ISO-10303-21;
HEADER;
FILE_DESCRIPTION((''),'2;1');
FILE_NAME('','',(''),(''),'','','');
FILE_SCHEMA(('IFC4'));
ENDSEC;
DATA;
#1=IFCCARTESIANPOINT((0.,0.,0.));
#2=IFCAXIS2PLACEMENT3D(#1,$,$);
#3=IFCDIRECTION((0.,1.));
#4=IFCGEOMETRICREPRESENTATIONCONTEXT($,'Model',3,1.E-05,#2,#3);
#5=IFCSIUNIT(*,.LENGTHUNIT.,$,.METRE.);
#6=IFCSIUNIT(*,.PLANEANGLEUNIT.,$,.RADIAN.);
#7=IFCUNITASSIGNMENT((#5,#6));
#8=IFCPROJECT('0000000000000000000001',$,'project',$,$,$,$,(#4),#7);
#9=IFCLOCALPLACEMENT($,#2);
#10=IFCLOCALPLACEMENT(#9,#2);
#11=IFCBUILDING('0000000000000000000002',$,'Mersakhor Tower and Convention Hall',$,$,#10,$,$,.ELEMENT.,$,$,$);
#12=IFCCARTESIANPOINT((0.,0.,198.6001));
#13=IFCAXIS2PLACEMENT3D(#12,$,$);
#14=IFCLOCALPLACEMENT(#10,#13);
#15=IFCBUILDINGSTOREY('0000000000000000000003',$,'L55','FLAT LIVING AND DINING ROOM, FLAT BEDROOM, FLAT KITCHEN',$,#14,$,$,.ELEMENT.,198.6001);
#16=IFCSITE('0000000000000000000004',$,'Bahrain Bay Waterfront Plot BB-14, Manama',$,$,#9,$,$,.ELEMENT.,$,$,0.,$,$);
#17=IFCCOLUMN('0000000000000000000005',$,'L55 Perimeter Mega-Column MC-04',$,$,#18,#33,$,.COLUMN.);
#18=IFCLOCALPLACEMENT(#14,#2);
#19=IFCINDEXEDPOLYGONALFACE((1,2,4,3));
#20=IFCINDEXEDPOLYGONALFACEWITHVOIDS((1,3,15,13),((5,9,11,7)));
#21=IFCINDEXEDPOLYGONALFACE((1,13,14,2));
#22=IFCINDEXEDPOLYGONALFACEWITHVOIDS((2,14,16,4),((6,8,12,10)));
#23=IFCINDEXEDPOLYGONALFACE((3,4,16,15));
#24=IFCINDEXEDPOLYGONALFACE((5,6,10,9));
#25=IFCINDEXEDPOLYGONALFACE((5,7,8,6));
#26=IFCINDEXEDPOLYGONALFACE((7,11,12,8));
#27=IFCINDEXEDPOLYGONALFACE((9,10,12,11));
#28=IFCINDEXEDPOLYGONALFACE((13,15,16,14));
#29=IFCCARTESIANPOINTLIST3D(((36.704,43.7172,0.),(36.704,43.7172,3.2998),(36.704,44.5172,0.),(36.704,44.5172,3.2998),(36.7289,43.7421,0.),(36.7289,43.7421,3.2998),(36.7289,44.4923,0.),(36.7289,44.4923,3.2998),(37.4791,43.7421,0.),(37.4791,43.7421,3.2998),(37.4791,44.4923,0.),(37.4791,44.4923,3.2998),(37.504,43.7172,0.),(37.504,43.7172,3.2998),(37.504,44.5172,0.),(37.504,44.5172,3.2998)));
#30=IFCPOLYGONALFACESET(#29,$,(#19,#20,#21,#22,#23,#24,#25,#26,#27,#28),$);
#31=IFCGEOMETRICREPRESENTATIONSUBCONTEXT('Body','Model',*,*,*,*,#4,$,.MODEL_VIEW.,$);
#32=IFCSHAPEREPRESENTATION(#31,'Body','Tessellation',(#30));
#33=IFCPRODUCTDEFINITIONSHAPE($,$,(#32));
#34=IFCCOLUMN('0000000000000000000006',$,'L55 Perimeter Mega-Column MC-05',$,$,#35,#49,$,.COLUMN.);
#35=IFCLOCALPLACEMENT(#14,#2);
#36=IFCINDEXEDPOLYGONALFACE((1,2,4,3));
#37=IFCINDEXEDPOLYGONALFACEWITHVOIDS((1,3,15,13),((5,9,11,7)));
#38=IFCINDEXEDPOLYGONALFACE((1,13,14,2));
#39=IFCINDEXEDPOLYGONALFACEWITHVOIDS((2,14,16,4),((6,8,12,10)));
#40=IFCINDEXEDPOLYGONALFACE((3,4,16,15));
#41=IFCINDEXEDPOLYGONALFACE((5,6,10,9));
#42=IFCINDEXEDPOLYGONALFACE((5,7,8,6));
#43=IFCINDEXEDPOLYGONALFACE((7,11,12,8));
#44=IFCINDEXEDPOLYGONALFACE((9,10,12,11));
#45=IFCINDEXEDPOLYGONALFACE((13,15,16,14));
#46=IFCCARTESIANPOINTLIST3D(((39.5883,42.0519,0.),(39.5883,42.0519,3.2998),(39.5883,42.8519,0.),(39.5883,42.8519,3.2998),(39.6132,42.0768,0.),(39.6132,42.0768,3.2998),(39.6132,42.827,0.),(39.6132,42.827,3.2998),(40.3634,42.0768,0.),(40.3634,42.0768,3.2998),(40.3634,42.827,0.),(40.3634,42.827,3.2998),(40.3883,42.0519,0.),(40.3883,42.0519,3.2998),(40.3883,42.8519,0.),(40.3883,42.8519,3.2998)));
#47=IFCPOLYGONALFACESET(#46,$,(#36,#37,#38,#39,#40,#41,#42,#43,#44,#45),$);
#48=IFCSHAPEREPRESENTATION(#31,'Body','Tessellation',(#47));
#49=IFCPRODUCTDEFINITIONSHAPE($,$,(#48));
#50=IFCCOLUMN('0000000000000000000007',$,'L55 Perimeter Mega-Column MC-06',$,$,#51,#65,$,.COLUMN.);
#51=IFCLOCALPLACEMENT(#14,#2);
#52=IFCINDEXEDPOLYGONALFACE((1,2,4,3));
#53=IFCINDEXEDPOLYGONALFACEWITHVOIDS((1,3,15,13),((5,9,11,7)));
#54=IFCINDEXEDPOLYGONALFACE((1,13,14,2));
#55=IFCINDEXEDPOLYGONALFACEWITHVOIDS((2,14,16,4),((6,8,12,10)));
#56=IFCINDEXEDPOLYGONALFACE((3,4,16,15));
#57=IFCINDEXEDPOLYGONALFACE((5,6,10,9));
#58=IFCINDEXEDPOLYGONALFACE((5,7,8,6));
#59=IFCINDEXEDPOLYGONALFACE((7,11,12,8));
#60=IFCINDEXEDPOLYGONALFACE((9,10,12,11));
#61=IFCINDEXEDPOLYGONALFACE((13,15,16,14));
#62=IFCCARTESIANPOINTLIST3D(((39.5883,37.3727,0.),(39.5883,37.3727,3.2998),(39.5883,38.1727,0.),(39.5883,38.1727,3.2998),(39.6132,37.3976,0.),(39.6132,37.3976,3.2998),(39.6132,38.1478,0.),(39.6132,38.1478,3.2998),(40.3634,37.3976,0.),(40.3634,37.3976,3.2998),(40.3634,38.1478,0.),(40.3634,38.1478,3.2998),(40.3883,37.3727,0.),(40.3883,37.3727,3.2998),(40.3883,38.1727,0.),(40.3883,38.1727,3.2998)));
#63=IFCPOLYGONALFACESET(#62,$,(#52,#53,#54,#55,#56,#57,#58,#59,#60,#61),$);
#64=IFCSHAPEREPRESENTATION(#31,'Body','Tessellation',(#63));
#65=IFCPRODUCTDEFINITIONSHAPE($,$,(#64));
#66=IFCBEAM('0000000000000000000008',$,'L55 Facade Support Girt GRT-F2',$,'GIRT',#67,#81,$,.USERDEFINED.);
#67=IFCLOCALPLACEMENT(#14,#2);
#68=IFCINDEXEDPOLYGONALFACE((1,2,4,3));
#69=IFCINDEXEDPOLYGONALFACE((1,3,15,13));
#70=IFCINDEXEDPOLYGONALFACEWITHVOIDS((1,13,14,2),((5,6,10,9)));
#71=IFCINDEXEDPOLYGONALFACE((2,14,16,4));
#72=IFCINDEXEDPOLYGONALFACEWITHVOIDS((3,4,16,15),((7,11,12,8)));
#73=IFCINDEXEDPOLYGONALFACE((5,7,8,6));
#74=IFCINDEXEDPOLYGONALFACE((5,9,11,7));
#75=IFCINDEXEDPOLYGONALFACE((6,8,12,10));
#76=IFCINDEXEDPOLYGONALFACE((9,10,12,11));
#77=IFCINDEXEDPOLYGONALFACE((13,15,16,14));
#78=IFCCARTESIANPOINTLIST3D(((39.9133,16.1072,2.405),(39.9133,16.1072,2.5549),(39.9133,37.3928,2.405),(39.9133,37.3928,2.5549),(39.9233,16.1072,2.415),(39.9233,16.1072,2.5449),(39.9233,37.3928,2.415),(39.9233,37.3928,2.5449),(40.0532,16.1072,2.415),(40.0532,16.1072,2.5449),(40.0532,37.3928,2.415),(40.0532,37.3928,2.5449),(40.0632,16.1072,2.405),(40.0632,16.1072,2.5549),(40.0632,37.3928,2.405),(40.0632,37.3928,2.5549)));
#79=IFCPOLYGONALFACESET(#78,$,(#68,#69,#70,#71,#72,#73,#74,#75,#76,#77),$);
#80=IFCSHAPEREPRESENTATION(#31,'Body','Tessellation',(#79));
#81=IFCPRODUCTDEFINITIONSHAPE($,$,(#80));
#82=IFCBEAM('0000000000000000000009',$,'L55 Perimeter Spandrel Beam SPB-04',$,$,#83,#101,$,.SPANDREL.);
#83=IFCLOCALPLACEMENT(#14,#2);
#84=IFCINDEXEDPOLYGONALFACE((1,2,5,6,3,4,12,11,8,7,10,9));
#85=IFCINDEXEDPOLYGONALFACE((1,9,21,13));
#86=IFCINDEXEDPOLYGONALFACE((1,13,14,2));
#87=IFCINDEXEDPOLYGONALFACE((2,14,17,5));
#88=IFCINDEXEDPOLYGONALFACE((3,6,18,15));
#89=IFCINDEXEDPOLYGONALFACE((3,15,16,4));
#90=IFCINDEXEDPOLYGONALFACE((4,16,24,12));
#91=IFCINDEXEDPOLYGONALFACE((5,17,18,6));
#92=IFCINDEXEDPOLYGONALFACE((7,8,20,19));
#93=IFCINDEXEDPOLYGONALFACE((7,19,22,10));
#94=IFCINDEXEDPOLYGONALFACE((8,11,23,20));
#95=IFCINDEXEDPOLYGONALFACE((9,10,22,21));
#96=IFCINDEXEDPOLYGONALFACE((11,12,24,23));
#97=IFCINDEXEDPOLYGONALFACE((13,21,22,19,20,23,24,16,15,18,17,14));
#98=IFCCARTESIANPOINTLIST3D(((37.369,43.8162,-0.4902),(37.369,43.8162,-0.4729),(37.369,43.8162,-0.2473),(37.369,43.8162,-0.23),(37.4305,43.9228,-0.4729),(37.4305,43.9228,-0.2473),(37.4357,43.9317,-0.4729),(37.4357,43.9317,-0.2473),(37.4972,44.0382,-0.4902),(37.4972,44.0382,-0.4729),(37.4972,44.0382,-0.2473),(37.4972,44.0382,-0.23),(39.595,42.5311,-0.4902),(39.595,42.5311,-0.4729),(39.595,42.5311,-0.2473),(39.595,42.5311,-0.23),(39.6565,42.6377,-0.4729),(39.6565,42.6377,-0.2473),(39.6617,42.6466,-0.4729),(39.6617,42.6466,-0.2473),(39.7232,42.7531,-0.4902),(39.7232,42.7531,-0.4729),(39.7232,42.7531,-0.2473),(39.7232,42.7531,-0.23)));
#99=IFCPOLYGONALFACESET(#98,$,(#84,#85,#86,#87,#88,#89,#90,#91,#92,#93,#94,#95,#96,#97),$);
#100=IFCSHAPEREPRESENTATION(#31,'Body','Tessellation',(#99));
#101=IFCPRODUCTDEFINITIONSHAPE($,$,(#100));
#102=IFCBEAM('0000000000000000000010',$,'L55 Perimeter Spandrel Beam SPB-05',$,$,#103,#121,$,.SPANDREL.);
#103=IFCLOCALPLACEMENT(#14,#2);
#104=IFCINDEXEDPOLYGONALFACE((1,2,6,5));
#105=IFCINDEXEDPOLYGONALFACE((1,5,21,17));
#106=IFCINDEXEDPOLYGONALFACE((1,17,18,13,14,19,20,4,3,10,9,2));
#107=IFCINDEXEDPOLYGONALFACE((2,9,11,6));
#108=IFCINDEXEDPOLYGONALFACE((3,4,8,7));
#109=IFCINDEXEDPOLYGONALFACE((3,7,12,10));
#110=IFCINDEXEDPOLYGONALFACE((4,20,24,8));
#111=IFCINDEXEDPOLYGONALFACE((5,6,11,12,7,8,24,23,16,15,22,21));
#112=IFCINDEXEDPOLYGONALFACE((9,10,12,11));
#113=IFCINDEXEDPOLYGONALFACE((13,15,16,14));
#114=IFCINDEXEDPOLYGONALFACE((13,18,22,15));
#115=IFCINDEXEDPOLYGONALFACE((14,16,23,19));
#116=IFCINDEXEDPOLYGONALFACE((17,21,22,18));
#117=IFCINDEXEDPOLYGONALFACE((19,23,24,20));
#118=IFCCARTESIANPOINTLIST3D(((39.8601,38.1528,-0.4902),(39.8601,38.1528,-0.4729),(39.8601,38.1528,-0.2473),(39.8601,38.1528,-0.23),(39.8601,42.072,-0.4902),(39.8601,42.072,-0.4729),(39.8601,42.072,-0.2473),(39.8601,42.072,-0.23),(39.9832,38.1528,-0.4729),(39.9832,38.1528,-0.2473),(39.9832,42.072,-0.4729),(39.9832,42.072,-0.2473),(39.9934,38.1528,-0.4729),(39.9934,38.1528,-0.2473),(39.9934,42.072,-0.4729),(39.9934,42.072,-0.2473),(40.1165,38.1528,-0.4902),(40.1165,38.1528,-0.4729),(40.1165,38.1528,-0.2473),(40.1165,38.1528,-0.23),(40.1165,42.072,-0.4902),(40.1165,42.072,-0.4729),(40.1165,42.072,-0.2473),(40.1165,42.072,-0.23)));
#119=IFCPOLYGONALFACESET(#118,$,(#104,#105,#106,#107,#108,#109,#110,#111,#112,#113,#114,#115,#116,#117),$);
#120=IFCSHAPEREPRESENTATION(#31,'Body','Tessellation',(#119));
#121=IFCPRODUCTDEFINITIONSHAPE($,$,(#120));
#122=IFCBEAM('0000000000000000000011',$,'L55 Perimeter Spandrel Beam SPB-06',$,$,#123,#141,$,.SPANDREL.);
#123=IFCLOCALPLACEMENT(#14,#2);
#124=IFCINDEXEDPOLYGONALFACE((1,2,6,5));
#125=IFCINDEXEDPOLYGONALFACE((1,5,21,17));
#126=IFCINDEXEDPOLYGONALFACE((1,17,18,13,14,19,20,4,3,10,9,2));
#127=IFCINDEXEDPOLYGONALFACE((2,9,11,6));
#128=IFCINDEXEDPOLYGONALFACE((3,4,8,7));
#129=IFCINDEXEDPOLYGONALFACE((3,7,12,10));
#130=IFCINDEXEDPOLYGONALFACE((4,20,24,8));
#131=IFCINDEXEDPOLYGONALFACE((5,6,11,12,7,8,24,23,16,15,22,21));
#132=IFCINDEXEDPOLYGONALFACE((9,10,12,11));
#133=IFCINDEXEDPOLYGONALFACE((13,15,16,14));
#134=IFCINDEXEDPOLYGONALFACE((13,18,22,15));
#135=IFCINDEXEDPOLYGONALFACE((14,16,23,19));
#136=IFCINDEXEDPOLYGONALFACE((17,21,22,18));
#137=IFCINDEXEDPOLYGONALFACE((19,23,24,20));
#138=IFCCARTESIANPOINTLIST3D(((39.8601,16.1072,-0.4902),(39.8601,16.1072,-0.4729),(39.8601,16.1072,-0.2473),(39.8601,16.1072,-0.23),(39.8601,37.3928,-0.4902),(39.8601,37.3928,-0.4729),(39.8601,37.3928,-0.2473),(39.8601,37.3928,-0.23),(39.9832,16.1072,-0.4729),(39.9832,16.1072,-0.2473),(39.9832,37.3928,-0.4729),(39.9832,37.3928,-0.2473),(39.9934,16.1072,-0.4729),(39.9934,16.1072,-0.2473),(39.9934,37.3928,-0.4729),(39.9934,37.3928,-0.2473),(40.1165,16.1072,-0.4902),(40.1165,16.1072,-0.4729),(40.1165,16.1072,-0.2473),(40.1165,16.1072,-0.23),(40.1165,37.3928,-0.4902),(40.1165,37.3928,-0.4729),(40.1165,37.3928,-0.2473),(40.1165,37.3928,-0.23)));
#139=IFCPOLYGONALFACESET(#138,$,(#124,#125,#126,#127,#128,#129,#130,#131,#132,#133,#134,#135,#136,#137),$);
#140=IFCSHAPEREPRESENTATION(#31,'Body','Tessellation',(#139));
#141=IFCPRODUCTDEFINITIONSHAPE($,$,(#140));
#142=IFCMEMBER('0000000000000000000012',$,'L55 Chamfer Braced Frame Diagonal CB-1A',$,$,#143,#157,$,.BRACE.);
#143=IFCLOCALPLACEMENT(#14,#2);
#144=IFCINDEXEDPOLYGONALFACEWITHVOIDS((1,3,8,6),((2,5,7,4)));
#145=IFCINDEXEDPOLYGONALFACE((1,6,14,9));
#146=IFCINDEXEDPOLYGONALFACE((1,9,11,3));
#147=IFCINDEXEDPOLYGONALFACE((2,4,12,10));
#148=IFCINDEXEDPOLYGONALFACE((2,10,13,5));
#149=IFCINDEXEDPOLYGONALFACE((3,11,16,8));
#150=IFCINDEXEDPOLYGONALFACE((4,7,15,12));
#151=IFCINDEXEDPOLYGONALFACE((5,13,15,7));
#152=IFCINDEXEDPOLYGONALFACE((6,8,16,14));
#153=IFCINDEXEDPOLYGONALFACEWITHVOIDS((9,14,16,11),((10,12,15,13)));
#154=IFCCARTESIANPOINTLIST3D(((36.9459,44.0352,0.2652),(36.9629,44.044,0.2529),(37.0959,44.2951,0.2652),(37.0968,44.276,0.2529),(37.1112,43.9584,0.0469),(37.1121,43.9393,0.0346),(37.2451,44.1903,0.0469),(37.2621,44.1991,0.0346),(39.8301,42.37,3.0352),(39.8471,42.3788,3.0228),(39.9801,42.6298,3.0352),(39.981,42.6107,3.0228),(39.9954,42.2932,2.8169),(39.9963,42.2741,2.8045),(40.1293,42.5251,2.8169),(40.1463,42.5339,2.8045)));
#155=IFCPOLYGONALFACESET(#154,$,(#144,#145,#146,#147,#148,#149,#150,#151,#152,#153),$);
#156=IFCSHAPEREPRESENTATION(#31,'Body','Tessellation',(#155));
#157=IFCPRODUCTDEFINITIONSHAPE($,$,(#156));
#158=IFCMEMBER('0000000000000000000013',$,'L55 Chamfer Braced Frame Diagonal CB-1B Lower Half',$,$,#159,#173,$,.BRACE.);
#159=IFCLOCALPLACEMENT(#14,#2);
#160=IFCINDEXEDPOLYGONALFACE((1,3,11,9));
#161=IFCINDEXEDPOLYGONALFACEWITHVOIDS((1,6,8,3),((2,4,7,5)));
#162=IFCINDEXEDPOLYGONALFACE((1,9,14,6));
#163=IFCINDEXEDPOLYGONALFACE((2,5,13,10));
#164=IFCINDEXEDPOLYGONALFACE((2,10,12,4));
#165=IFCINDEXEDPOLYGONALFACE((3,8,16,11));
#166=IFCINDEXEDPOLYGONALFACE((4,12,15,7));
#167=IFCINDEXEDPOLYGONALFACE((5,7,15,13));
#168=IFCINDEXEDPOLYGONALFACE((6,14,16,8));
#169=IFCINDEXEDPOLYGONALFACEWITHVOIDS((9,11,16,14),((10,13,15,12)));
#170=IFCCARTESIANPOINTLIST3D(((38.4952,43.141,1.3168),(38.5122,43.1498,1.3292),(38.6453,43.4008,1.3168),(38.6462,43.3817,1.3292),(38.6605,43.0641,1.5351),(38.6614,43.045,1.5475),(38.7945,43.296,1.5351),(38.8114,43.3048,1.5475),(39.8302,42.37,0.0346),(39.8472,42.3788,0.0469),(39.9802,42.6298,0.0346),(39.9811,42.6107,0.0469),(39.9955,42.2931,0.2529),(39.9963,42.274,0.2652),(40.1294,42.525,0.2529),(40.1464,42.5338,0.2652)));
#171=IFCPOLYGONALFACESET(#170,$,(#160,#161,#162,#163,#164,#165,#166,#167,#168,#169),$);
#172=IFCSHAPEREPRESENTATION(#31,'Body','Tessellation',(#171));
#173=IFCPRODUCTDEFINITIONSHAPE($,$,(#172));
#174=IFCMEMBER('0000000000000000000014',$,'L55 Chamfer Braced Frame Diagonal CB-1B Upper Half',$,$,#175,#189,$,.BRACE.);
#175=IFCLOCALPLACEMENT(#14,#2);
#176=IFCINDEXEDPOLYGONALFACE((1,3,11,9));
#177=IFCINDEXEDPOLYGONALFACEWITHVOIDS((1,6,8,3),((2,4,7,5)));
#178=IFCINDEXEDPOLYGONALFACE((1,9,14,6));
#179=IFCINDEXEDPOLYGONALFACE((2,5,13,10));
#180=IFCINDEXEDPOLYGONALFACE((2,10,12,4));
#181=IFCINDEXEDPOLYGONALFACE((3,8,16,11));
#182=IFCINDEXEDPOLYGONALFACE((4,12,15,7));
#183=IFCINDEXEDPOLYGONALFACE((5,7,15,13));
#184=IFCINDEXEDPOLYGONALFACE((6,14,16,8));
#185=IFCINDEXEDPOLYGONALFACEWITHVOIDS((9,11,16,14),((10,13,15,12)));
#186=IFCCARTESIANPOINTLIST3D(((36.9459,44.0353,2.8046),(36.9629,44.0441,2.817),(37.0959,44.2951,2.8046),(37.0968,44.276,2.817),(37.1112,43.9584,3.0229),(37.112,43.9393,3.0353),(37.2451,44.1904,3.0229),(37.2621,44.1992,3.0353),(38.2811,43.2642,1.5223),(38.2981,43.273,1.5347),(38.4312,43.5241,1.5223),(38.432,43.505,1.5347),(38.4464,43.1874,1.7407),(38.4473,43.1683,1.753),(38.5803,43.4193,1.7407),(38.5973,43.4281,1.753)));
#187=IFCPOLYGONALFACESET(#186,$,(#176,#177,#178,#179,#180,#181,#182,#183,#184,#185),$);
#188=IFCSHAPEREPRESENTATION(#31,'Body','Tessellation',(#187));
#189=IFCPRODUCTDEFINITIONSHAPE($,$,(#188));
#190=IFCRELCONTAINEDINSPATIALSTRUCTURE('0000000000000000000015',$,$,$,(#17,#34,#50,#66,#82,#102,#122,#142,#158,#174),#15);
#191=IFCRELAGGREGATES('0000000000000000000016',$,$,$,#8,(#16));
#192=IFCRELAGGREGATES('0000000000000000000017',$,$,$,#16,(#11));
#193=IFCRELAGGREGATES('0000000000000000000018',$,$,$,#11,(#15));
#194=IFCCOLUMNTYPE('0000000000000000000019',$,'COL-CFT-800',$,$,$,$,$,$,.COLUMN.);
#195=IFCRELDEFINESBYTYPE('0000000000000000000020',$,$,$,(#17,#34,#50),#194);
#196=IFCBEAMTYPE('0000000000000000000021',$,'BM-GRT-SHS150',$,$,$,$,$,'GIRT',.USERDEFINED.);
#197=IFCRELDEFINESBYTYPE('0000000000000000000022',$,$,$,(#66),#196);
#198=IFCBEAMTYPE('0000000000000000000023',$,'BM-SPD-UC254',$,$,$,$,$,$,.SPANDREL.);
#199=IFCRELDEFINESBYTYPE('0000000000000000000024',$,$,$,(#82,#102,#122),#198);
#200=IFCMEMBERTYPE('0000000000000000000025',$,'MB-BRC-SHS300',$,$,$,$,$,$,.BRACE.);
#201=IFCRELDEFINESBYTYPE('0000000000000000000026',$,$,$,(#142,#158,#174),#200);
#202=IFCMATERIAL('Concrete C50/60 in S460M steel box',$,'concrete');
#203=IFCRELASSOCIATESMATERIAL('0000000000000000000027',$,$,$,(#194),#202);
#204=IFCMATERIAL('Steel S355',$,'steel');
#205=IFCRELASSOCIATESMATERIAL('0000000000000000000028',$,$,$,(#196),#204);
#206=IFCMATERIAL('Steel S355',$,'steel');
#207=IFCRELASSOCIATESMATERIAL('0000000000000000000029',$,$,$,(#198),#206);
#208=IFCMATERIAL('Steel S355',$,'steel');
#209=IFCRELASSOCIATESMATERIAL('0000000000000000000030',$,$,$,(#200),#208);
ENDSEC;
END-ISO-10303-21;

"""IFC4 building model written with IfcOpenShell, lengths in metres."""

from ifc_helpers import new_model, si_unit, direction, frame, origin, origin_2d, place, context, subcontext, project, spatial, hollow_rectangle, i_section, extrude, material, material_profile, profile_set, type_object, element, save


model = new_model("IFC4")

# Units and contexts
model_context = context("Model", 3, precision=1e-05, world=origin(), true_north=direction((0.0, 1.0)))
body_context = subcontext(model_context, "Body", "Model", "MODEL_VIEW")
ifc_project = project(units=[si_unit("LENGTHUNIT", "METRE"), si_unit("PLANEANGLEUNIT", "RADIAN")], contexts=[model_context])

# Site, building, storey
site_placement = place(None, origin())
site = spatial("IfcSite", under=ifc_project, at=site_placement, Name="Bahrain Bay Waterfront Plot BB-14, Manama", CompositionType="ELEMENT", RefElevation=0.0)
building_placement = place(site_placement, origin())
building = spatial("IfcBuilding", under=site, at=building_placement, Name="Mersakhor Tower and Convention Hall", CompositionType="ELEMENT")
storey_placement = place(building_placement, frame((0.0, 0.0, 198.6001)))
storey = spatial("IfcBuildingStorey", under=building, at=storey_placement, Name="L55", Description="FLAT LIVING AND DINING ROOM, FLAT BEDROOM, FLAT KITCHEN", CompositionType="ELEMENT", Elevation=198.6001)

# Columns
ifc_material_1 = material(Name="Concrete C50/60 in S460M steel box", Category="concrete")
ifc_material_profile_1 = material_profile(ifc_material_1, hollow_rectangle(XDim=0.8, YDim=0.8, WallThickness=0.0249, at=origin_2d()), Name="SHS 800x800x25")
ifc_profile_set_1 = profile_set([ifc_material_profile_1], Name="Concrete C50/60 in S460M steel box")
column_type = type_object("IfcColumnType", Name="COL-CFT-800", PredefinedType="COLUMN", material=ifc_profile_set_1)
for number, where, z_axis, x_axis, name in (
    (1, (37.104, 44.1172, 0.0), (0.0, 0.0, 1.0), (1.0, 0.0, 0.0), "L55 Perimeter Mega-Column MC-04"),
    (2, (39.9883, 42.4519, 0.0), (0.0, 0.0, 1.0), (1.0, 0.0, 0.0), "L55 Perimeter Mega-Column MC-05"),
    (3, (39.9883, 37.7727, 0.0), (0.0, 0.0, 1.0), (1.0, 0.0, 0.0), "L55 Perimeter Mega-Column MC-06"),
):
    element("IfcColumn", number, at=place(storey_placement, frame(where, z_axis=z_axis, x_axis=x_axis)), inside=storey, type_object=column_type, Name=name, PredefinedType="COLUMN", context=body_context, shape_type="SweptSolid", body=[
        extrude(hollow_rectangle(XDim=0.8, YDim=0.8, WallThickness=0.0249, at=origin_2d()), origin(), (0.0, 0.0, 1.0), 3.2998),
    ])

# Beams
ifc_material_2 = material(Name="Steel S355", Category="steel")
ifc_material_profile_2 = material_profile(ifc_material_2, hollow_rectangle(XDim=0.1499, YDim=0.1499, WallThickness=0.01, at=origin_2d()), Name="SHS 150x150x10")
ifc_profile_set_2 = profile_set([ifc_material_profile_2], Name="Steel S355")
beam_type_1 = type_object("IfcBeamType", Name="BM-GRT-SHS150", ElementType="GIRT", PredefinedType="USERDEFINED", material=ifc_profile_set_2)
beam_1_placement = place(storey_placement, frame((39.9883, 37.3928, 2.48), z_axis=(0.0, -1.0, 0.0), x_axis=(1.0, 0.0, 0.0)))
element("IfcBeam", 4, at=beam_1_placement, inside=storey, type_object=beam_type_1, Name="L55 Facade Support Girt GRT-F2", ObjectType="GIRT", PredefinedType="USERDEFINED", context=body_context, shape_type="SweptSolid", body=[
    extrude(hollow_rectangle(XDim=0.1499, YDim=0.1499, WallThickness=0.01, at=origin_2d()), origin(), (0.0, 0.0, 1.0), 21.2856),
])
ifc_material_3 = material(Name="Steel S355", Category="steel")
ifc_material_profile_3 = material_profile(ifc_material_3, i_section(OverallWidth=0.2563, OverallDepth=0.2603, WebThickness=0.0103, FlangeThickness=0.0173, at=origin_2d()), Name="UC 254x254x89")
ifc_profile_set_3 = profile_set([ifc_material_profile_3], Name="Steel S355")
beam_type_2 = type_object("IfcBeamType", Name="BM-SPD-UC254", PredefinedType="SPANDREL", material=ifc_profile_set_3)
beam_2_placement = place(storey_placement, frame((37.4331, 43.9272, -0.3601), z_axis=(0.866037, -0.49998, 0.0), x_axis=(0.49998, 0.866037, 0.0)))
element("IfcBeam", 5, at=beam_2_placement, inside=storey, type_object=beam_type_2, Name="L55 Perimeter Spandrel Beam SPB-04", PredefinedType="SPANDREL", context=body_context, shape_type="SweptSolid", body=[
    extrude(i_section(OverallWidth=0.2563, OverallDepth=0.2603, WebThickness=0.0103, FlangeThickness=0.0173, at=origin_2d()), origin(), (0.0, 0.0, 1.0), 2.5703),
])
beam_3_placement = place(storey_placement, frame((39.9883, 42.072, -0.3601), z_axis=(0.0, -1.0, 0.0), x_axis=(1.0, 0.0, 0.0)))
element("IfcBeam", 6, at=beam_3_placement, inside=storey, type_object=beam_type_2, Name="L55 Perimeter Spandrel Beam SPB-05", PredefinedType="SPANDREL", context=body_context, shape_type="SweptSolid", body=[
    extrude(i_section(OverallWidth=0.2563, OverallDepth=0.2603, WebThickness=0.0103, FlangeThickness=0.0173, at=origin_2d()), origin(), (0.0, 0.0, 1.0), 3.9192),
])
beam_4_placement = place(storey_placement, frame((39.9883, 37.3928, -0.3601), z_axis=(0.0, -1.0, 0.0), x_axis=(1.0, 0.0, 0.0)))
element("IfcBeam", 7, at=beam_4_placement, inside=storey, type_object=beam_type_2, Name="L55 Perimeter Spandrel Beam SPB-06", PredefinedType="SPANDREL", context=body_context, shape_type="SweptSolid", body=[
    extrude(i_section(OverallWidth=0.2563, OverallDepth=0.2603, WebThickness=0.0103, FlangeThickness=0.0173, at=origin_2d()), origin(), (0.0, 0.0, 1.0), 21.2856),
])

# Members
ifc_material_4 = material(Name="Steel S355", Category="steel")
ifc_material_profile_4 = material_profile(ifc_material_4, hollow_rectangle(XDim=0.3, YDim=0.3, WallThickness=0.0161, at=origin_2d()), Name="SHS 300x300x16")
ifc_profile_set_4 = profile_set([ifc_material_profile_4], Name="Steel S355")
member_type = type_object("IfcMemberType", Name="MB-BRC-SHS300", PredefinedType="BRACE", material=ifc_profile_set_4)
member_1_placement = place(storey_placement, frame((37.104, 44.1172, 0.1499), z_axis=(0.665825, -0.384425, 0.639449), x_axis=(0.50001, 0.86602, 0.0)))
element("IfcMember", 8, at=member_1_placement, inside=storey, type_object=member_type, Name="L55 Chamfer Braced Frame Diagonal CB-1A", PredefinedType="BRACE", context=body_context, shape_type="SweptSolid", body=[
    extrude(hollow_rectangle(XDim=0.3, YDim=0.3, WallThickness=0.0161, at=origin_2d()), origin(), (0.0, 0.0, 1.0), 4.3318),
])
member_2_placement = place(storey_placement, frame((39.9883, 42.4519, 0.1499), z_axis=(-0.665763, 0.384506, 0.639464), x_axis=(-0.500125, -0.865953, 0.0)))
element("IfcMember", 9, at=member_2_placement, inside=storey, type_object=member_type, Name="L55 Chamfer Braced Frame Diagonal CB-1B Lower Half", PredefinedType="BRACE", context=body_context, shape_type="SweptSolid", body=[
    extrude(hollow_rectangle(XDim=0.3, YDim=0.3, WallThickness=0.0161, at=origin_2d()), origin(), (0.0, 0.0, 1.0), 2.0051),
])
member_3_placement = place(storey_placement, frame((38.4392, 43.3462, 1.6377), z_axis=(-0.665831, 0.384475, 0.639412), x_axis=(-0.500056, -0.865993, 0.0)))
element("IfcMember", 10, at=member_3_placement, inside=storey, type_object=member_type, Name="L55 Chamfer Braced Frame Diagonal CB-1B Upper Half", PredefinedType="BRACE", context=body_context, shape_type="SweptSolid", body=[
    extrude(hollow_rectangle(XDim=0.3, YDim=0.3, WallThickness=0.0161, at=origin_2d()), origin(), (0.0, 0.0, 1.0), 2.0054),
])

save(model, "model.ifc")
